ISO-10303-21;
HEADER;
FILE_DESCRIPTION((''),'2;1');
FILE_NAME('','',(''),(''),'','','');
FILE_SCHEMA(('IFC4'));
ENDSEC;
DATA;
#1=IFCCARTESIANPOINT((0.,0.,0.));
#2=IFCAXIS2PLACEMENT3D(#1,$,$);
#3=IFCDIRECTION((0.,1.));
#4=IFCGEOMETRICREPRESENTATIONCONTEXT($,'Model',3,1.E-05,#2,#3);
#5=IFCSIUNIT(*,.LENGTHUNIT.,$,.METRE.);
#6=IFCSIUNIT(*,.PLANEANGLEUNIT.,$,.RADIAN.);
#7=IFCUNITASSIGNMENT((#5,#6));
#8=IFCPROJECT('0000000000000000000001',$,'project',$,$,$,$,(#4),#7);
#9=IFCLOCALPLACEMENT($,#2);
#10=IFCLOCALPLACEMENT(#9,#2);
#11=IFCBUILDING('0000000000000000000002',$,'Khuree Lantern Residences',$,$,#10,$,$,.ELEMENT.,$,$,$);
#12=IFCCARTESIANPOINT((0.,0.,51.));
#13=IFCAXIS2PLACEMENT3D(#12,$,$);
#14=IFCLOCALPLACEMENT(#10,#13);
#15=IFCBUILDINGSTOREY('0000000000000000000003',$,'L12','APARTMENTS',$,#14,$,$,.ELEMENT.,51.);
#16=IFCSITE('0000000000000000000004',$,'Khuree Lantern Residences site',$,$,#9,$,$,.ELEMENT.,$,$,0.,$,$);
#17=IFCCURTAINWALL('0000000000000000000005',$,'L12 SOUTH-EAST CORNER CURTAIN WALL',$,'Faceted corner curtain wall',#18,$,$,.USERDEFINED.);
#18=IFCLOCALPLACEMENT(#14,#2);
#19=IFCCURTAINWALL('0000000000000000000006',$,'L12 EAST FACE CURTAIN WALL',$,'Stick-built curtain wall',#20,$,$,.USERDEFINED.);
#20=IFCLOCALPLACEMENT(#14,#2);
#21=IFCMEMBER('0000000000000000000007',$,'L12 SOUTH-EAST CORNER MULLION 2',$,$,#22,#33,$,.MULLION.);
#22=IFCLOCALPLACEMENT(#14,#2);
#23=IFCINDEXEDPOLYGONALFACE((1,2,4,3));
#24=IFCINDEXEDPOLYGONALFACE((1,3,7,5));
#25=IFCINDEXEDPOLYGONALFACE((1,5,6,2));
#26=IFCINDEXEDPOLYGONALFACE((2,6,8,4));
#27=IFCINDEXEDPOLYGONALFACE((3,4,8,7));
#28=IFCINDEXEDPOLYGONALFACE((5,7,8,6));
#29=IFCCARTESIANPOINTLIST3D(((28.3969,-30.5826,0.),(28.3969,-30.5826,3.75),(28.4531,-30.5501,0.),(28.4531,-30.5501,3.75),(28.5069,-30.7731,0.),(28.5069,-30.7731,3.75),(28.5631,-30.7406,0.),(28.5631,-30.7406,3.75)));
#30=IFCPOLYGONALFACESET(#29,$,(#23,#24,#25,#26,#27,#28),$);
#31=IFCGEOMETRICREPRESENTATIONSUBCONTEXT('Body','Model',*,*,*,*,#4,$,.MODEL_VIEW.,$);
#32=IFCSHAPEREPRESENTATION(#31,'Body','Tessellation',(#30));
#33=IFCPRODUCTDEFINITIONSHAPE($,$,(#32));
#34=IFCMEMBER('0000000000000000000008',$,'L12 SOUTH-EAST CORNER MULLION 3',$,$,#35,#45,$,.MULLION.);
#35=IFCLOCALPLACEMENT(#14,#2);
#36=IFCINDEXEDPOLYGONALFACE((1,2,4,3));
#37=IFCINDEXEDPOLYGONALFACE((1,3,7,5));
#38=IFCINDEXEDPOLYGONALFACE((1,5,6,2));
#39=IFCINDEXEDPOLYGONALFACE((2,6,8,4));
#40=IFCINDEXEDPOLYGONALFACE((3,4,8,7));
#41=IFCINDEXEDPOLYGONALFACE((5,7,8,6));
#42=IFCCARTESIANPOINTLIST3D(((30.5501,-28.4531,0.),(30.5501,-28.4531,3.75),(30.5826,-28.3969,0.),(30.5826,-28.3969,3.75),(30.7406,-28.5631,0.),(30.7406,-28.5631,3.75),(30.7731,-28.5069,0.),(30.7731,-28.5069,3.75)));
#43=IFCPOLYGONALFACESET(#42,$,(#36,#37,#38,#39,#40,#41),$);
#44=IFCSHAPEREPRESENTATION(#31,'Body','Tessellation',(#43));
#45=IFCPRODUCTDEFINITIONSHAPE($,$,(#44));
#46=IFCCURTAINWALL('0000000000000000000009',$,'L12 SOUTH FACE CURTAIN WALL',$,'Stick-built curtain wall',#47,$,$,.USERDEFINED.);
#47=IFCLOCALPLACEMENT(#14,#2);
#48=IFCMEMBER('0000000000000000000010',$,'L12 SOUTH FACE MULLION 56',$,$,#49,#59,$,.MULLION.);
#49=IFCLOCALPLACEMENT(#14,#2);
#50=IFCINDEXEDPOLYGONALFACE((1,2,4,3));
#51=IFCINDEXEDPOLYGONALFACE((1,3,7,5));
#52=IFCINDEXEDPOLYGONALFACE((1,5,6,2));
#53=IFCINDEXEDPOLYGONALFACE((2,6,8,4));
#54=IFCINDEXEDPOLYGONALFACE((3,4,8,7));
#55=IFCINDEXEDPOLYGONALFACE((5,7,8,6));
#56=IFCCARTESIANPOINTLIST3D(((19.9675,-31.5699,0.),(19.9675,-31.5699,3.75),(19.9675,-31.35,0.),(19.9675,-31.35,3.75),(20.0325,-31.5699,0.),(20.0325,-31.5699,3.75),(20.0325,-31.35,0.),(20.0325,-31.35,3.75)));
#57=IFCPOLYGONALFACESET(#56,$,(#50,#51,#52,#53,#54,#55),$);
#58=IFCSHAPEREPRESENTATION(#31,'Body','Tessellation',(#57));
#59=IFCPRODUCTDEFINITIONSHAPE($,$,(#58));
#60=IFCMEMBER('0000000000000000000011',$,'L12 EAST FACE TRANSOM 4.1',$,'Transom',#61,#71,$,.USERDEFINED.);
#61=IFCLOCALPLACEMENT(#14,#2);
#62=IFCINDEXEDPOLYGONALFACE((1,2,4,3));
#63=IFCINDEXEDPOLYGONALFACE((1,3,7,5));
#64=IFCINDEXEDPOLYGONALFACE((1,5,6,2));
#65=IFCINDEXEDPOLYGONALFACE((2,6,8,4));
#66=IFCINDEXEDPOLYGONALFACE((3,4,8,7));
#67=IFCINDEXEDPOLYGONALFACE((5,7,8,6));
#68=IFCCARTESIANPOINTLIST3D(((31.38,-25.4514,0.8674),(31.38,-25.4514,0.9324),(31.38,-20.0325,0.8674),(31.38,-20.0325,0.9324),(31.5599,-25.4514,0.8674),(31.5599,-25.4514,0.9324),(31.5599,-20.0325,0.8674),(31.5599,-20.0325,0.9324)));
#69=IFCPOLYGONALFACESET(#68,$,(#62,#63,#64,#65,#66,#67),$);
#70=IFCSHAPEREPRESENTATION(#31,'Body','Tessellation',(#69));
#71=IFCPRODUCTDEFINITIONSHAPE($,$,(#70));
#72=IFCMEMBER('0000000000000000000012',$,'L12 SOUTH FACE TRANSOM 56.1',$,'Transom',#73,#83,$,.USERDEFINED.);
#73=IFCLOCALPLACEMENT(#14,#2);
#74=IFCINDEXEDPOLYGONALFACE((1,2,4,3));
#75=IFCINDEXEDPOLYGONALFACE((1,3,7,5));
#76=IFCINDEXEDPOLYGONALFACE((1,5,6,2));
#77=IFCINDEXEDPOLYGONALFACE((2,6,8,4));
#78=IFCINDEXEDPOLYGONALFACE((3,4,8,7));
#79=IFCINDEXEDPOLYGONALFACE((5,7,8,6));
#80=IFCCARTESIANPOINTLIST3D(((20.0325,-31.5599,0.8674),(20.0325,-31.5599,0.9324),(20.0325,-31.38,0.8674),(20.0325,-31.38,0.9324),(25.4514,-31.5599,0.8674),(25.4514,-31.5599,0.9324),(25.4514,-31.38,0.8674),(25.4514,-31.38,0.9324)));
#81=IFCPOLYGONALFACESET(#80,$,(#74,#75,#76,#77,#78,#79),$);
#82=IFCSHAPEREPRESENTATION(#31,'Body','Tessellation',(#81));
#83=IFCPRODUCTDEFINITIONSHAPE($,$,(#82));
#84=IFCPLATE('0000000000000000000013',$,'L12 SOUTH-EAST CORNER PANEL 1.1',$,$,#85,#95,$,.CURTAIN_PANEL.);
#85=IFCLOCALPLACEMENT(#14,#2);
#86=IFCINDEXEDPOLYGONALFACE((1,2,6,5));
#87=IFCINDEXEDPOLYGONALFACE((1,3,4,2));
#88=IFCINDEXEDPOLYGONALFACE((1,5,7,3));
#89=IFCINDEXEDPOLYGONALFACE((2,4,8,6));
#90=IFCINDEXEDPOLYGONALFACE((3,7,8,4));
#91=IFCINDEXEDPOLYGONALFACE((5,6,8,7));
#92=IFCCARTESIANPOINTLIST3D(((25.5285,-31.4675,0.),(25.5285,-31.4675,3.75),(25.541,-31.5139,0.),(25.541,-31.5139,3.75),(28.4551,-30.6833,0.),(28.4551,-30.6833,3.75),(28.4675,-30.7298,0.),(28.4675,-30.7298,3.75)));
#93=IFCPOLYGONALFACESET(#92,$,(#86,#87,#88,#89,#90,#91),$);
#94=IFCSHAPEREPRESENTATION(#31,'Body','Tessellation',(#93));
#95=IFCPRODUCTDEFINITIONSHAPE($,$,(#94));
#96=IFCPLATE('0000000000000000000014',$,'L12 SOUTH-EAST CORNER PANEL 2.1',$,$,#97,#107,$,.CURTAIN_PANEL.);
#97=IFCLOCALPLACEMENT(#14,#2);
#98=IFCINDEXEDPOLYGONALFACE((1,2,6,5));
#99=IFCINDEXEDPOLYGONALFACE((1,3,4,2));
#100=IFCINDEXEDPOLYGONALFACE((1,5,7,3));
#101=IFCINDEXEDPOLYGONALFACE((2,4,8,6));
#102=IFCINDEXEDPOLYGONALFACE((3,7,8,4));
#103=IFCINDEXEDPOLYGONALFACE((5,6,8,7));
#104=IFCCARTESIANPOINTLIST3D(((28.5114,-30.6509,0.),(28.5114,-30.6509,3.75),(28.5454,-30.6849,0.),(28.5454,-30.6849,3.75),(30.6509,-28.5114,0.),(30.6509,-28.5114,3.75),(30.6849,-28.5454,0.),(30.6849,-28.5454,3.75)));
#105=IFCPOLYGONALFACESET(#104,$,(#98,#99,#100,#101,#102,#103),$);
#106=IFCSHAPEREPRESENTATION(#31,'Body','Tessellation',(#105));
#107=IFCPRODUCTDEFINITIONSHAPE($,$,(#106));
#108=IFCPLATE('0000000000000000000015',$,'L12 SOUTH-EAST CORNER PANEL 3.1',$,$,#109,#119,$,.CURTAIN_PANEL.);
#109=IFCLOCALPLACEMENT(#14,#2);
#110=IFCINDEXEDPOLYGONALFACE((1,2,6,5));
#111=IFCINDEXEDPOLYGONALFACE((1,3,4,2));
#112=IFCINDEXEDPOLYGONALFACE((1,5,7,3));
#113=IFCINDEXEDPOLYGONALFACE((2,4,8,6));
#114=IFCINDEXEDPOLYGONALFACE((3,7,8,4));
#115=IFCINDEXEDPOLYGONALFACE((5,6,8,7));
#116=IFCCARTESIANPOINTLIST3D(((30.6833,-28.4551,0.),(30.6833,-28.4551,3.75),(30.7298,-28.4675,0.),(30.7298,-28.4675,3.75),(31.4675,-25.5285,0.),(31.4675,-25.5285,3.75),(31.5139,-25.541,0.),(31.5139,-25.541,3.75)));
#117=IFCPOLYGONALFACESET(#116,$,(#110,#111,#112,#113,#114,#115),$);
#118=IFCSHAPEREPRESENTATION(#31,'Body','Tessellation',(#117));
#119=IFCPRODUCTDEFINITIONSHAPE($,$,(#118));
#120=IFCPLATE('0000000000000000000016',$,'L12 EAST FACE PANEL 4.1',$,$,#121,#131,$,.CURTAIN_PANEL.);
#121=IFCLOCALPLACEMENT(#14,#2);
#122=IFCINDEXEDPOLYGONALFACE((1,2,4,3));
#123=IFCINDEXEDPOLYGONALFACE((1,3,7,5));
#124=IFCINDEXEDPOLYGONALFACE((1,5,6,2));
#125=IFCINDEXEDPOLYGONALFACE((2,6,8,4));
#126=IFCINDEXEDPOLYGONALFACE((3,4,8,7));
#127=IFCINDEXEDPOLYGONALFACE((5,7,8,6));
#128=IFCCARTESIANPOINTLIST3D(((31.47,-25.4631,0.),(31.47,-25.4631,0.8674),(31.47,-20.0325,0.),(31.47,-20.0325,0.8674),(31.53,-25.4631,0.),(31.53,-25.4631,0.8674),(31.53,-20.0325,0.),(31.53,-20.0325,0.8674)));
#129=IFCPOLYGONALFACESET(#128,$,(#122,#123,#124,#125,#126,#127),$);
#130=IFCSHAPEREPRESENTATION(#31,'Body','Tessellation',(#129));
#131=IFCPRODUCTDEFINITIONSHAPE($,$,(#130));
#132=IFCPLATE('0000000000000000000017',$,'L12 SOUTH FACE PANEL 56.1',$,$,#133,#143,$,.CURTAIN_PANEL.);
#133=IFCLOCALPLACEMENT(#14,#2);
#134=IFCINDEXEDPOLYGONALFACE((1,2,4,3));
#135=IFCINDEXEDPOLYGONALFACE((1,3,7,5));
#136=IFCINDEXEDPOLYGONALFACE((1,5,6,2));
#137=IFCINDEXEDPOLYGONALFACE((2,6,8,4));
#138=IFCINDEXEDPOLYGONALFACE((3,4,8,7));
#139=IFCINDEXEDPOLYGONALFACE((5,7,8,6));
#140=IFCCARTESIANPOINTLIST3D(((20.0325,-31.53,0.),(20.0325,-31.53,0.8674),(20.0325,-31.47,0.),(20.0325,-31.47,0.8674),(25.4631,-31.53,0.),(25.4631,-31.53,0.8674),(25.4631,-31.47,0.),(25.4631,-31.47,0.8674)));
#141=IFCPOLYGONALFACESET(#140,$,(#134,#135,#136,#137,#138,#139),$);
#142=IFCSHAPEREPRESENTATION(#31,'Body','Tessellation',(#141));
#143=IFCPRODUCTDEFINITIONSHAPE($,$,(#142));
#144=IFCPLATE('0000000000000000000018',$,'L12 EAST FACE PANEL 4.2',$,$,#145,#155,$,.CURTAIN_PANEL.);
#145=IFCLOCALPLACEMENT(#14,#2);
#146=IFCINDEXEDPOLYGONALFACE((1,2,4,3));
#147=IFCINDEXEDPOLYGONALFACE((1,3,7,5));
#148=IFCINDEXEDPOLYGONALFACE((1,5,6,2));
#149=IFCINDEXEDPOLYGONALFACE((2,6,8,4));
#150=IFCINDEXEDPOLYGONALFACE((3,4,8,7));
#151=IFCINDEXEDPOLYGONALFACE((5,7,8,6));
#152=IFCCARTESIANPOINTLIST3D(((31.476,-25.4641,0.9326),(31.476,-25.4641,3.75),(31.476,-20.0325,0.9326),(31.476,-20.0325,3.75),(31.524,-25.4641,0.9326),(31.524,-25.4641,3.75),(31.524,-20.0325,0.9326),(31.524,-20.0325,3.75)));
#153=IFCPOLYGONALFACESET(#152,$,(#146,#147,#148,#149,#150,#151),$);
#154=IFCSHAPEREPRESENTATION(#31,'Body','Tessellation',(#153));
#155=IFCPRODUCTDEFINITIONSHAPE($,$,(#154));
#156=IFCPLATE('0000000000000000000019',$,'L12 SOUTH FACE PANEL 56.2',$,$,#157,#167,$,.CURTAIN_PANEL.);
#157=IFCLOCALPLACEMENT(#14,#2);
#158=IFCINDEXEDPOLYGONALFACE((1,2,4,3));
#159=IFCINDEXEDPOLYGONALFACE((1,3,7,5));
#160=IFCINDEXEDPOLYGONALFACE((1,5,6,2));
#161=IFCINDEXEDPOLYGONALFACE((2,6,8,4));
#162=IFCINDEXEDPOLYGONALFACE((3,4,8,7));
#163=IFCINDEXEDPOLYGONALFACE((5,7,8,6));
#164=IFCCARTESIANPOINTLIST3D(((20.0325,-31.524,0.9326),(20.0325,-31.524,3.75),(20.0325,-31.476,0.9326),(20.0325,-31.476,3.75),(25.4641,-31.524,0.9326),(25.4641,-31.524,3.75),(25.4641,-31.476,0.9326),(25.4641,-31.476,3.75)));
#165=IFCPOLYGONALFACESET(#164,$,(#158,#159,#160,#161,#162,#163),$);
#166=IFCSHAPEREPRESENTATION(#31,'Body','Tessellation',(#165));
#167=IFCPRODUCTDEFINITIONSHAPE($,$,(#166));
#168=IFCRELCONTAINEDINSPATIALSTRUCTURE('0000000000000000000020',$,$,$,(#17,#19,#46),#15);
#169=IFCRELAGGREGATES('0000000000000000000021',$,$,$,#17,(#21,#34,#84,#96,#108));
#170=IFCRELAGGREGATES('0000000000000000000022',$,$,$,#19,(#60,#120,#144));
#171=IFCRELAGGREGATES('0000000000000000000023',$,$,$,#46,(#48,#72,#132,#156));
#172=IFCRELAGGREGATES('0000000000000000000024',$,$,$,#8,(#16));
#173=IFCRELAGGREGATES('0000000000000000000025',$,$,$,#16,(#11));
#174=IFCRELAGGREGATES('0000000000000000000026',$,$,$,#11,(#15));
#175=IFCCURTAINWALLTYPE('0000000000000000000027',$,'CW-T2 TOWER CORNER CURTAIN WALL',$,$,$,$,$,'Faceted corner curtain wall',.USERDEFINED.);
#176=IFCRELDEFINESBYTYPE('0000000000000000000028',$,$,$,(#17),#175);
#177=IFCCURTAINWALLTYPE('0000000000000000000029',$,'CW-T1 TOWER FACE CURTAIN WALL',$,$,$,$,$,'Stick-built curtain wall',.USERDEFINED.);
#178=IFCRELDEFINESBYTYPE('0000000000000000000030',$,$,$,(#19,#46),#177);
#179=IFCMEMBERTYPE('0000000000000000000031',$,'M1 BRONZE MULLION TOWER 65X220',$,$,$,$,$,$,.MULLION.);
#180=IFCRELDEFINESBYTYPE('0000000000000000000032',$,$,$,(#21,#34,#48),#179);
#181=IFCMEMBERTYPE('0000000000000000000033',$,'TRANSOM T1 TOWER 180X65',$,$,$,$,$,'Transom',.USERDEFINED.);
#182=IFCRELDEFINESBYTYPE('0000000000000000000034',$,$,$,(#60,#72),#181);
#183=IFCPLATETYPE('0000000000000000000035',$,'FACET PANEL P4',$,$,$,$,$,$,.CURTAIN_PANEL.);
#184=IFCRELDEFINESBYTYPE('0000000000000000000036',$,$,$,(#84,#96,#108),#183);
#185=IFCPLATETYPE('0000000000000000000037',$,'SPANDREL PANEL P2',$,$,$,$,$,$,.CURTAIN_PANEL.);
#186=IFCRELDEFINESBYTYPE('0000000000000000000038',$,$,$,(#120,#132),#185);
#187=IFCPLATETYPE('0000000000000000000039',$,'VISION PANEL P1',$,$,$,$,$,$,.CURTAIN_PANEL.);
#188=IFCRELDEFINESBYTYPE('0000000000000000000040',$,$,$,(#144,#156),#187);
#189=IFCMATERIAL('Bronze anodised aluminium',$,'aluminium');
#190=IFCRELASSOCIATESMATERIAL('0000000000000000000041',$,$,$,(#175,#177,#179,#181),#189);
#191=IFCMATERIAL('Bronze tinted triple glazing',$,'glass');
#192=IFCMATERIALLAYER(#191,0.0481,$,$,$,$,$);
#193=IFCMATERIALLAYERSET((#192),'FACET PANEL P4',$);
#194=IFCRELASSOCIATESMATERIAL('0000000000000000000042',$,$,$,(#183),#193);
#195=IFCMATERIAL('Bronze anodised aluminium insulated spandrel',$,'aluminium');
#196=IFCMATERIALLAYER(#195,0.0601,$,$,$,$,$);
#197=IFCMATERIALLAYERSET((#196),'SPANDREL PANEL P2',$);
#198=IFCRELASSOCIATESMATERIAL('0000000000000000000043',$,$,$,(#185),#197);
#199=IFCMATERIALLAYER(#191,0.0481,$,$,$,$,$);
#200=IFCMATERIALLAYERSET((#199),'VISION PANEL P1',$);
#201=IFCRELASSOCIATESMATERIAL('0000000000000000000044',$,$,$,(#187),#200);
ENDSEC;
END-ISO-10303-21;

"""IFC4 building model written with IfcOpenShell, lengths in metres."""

from ifc_helpers import new_model, si_unit, direction, frame, origin, origin_2d, place, context, subcontext, project, spatial, rectangle, extrude, material, layer, layer_set, material_profile, profile_set, type_object, element, aggregate, save


model = new_model("IFC4")

# Units and contexts
model_context = context("Model", 3, precision=1e-05, world=origin(), true_north=direction((0.0, 1.0)))
body_context = subcontext(model_context, "Body", "Model", "MODEL_VIEW")
ifc_project = project(units=[si_unit("LENGTHUNIT", "METRE"), si_unit("PLANEANGLEUNIT", "RADIAN")], contexts=[model_context])

# Site, building, storey
site_placement = place(None, origin())
site = spatial("IfcSite", under=ifc_project, at=site_placement, Name="Khuree Lantern Residences site", CompositionType="ELEMENT", RefElevation=0.0)
building_placement = place(site_placement, origin())
building = spatial("IfcBuilding", under=site, at=building_placement, Name="Khuree Lantern Residences", CompositionType="ELEMENT")
storey_placement = place(building_placement, frame((0.0, 0.0, 51.0)))
storey = spatial("IfcBuildingStorey", under=building, at=storey_placement, Name="L12", Description="APARTMENTS", CompositionType="ELEMENT", Elevation=51.0)

# Curtain walls
ifc_material_1 = material(Name="Bronze anodised aluminium", Category="aluminium")
curtain_wall_type_1 = type_object("IfcCurtainWallType", Name="CW-T2 TOWER CORNER CURTAIN WALL", ElementType="Faceted corner curtain wall", PredefinedType="USERDEFINED", material=ifc_material_1)
curtain_wall_1_placement = place(storey_placement, origin())
curtain_wall_1 = element("IfcCurtainWall", 1, at=curtain_wall_1_placement, inside=storey, type_object=curtain_wall_type_1, Name="L12 SOUTH-EAST CORNER CURTAIN WALL", ObjectType="Faceted corner curtain wall", PredefinedType="USERDEFINED")
curtain_wall_type_2 = type_object("IfcCurtainWallType", Name="CW-T1 TOWER FACE CURTAIN WALL", ElementType="Stick-built curtain wall", PredefinedType="USERDEFINED", material=ifc_material_1)
curtain_wall_2_placement = place(storey_placement, origin())
curtain_wall_2 = element("IfcCurtainWall", 2, at=curtain_wall_2_placement, inside=storey, type_object=curtain_wall_type_2, Name="L12 EAST FACE CURTAIN WALL", ObjectType="Stick-built curtain wall", PredefinedType="USERDEFINED")

# Members
ifc_material_profile_1 = material_profile(ifc_material_1, rectangle(XDim=0.0649, YDim=0.22, at=origin_2d()), Name="M1 65X220")
ifc_profile_set_1 = profile_set([ifc_material_profile_1], Name="Bronze anodised aluminium")
member_type_1 = type_object("IfcMemberType", Name="M1 BRONZE MULLION TOWER 65X220", PredefinedType="MULLION", material=ifc_profile_set_1)
member_1_placement = place(storey_placement, frame((28.48, -30.6616, 0.0), z_axis=(0.0, 0.0, 1.0), x_axis=(0.866025, 0.5, 0.0)))
member_1 = element("IfcMember", 3, at=member_1_placement, type_object=member_type_1, Name="L12 SOUTH-EAST CORNER MULLION 2", PredefinedType="MULLION", context=body_context, shape_type="SweptSolid", body=[
    extrude(rectangle(XDim=0.0649, YDim=0.22, at=origin_2d()), origin(), (0.0, 0.0, 1.0), 3.75),
])
member_2_placement = place(storey_placement, frame((30.6616, -28.48, 0.0), z_axis=(0.0, 0.0, 1.0), x_axis=(0.5, 0.866025, 0.0)))
member_2 = element("IfcMember", 4, at=member_2_placement, type_object=member_type_1, Name="L12 SOUTH-EAST CORNER MULLION 3", PredefinedType="MULLION", context=body_context, shape_type="SweptSolid", body=[
    extrude(rectangle(XDim=0.0649, YDim=0.22, at=origin_2d()), origin(), (0.0, 0.0, 1.0), 3.75),
])

# Curtain wall, member
curtain_wall_3_placement = place(storey_placement, origin())
curtain_wall_3 = element("IfcCurtainWall", 5, at=curtain_wall_3_placement, inside=storey, type_object=curtain_wall_type_2, Name="L12 SOUTH FACE CURTAIN WALL", ObjectType="Stick-built curtain wall", PredefinedType="USERDEFINED")
member_3_placement = place(storey_placement, frame((20.0, -31.46, 0.0), z_axis=(0.0, 0.0, 1.0), x_axis=(1.0, 0.0, 0.0)))
member_3 = element("IfcMember", 6, at=member_3_placement, type_object=member_type_1, Name="L12 SOUTH FACE MULLION 56", PredefinedType="MULLION", context=body_context, shape_type="SweptSolid", body=[
    extrude(rectangle(XDim=0.0649, YDim=0.22, at=origin_2d()), origin(), (0.0, 0.0, 1.0), 3.75),
])

# Members
ifc_material_profile_2 = material_profile(ifc_material_1, rectangle(XDim=0.1799, YDim=0.0649, at=origin_2d()), Name="T1 180X65")
ifc_profile_set_2 = profile_set([ifc_material_profile_2], Name="Bronze anodised aluminium")
member_type_2 = type_object("IfcMemberType", Name="TRANSOM T1 TOWER 180X65", ElementType="Transom", PredefinedType="USERDEFINED", material=ifc_profile_set_2)
member_4_placement = place(storey_placement, frame((31.47, -25.4514, 0.8999), z_axis=(0.0, 1.0, 0.0), x_axis=(-1.0, 0.0, 0.0)))
member_4 = element("IfcMember", 7, at=member_4_placement, type_object=member_type_2, Name="L12 EAST FACE TRANSOM 4.1", ObjectType="Transom", PredefinedType="USERDEFINED", context=body_context, shape_type="SweptSolid", body=[
    extrude(rectangle(XDim=0.1799, YDim=0.0649, at=origin_2d()), origin(), (0.0, 0.0, 1.0), 5.4189),
])
member_5_placement = place(storey_placement, frame((20.0325, -31.47, 0.8999), z_axis=(1.0, 0.0, 0.0), x_axis=(0.0, 1.0, 0.0)))
member_5 = element("IfcMember", 8, at=member_5_placement, type_object=member_type_2, Name="L12 SOUTH FACE TRANSOM 56.1", ObjectType="Transom", PredefinedType="USERDEFINED", context=body_context, shape_type="SweptSolid", body=[
    extrude(rectangle(XDim=0.1799, YDim=0.0649, at=origin_2d()), origin(), (0.0, 0.0, 1.0), 5.4189),
])

# Plates
ifc_material_2 = material(Name="Bronze tinted triple glazing", Category="glass")
ifc_layer_1 = layer(ifc_material_2, 0.0481)
ifc_layer_set_1 = layer_set([ifc_layer_1], Name="FACET PANEL P4")
plate_type_1 = type_object("IfcPlateType", Name="FACET PANEL P4", PredefinedType="CURTAIN_PANEL", material=ifc_layer_set_1)
plate_1_placement = place(storey_placement, frame((26.998, -31.0986, 0.0), z_axis=(0.0, 0.0, 1.0), x_axis=(0.965926, 0.258819, 0.0)))
plate_1 = element("IfcPlate", 9, at=plate_1_placement, type_object=plate_type_1, Name="L12 SOUTH-EAST CORNER PANEL 1.1", PredefinedType="CURTAIN_PANEL", context=body_context, shape_type="SweptSolid", body=[
    extrude(rectangle(XDim=3.0298, YDim=0.0481, at=origin_2d()), origin(), (0.0, 0.0, 1.0), 3.75),
])
plate_2_placement = place(storey_placement, frame((29.5981, -29.5981, 0.0), z_axis=(0.0, 0.0, 1.0), x_axis=(0.707107, 0.707107, 0.0)))
plate_2 = element("IfcPlate", 10, at=plate_2_placement, type_object=plate_type_1, Name="L12 SOUTH-EAST CORNER PANEL 2.1", PredefinedType="CURTAIN_PANEL", context=body_context, shape_type="SweptSolid", body=[
    extrude(rectangle(XDim=3.0256, YDim=0.0481, at=origin_2d()), origin(), (0.0, 0.0, 1.0), 3.75),
])
plate_3_placement = place(storey_placement, frame((31.0986, -26.998, 0.0), z_axis=(0.0, 0.0, 1.0), x_axis=(0.258819, 0.965926, 0.0)))
plate_3 = element("IfcPlate", 11, at=plate_3_placement, type_object=plate_type_1, Name="L12 SOUTH-EAST CORNER PANEL 3.1", PredefinedType="CURTAIN_PANEL", context=body_context, shape_type="SweptSolid", body=[
    extrude(rectangle(XDim=3.0298, YDim=0.0481, at=origin_2d()), origin(), (0.0, 0.0, 1.0), 3.75),
])
aggregate(curtain_wall_1, [member_1, member_2, plate_1, plate_2, plate_3])
ifc_material_3 = material(Name="Bronze anodised aluminium insulated spandrel", Category="aluminium")
ifc_layer_2 = layer(ifc_material_3, 0.0601)
ifc_layer_set_2 = layer_set([ifc_layer_2], Name="SPANDREL PANEL P2")
plate_type_2 = type_object("IfcPlateType", Name="SPANDREL PANEL P2", PredefinedType="CURTAIN_PANEL", material=ifc_layer_set_2)
plate_4_placement = place(storey_placement, frame((31.5, -22.7478, 0.0), z_axis=(0.0, 0.0, 1.0), x_axis=(0.0, 1.0, 0.0)))
plate_4 = element("IfcPlate", 12, at=plate_4_placement, type_object=plate_type_2, Name="L12 EAST FACE PANEL 4.1", PredefinedType="CURTAIN_PANEL", context=body_context, shape_type="SweptSolid", body=[
    extrude(rectangle(XDim=5.4307, YDim=0.0601, at=origin_2d()), origin(), (0.0, 0.0, 1.0), 0.8674),
])
plate_5_placement = place(storey_placement, frame((22.7478, -31.5, 0.0), z_axis=(0.0, 0.0, 1.0), x_axis=(1.0, 0.0, 0.0)))
plate_5 = element("IfcPlate", 13, at=plate_5_placement, type_object=plate_type_2, Name="L12 SOUTH FACE PANEL 56.1", PredefinedType="CURTAIN_PANEL", context=body_context, shape_type="SweptSolid", body=[
    extrude(rectangle(XDim=5.4307, YDim=0.0601, at=origin_2d()), origin(), (0.0, 0.0, 1.0), 0.8674),
])
ifc_layer_3 = layer(ifc_material_2, 0.0481)
ifc_layer_set_3 = layer_set([ifc_layer_3], Name="VISION PANEL P1")
plate_type_3 = type_object("IfcPlateType", Name="VISION PANEL P1", PredefinedType="CURTAIN_PANEL", material=ifc_layer_set_3)
plate_6_placement = place(storey_placement, frame((31.5, -22.7483, 0.9326), z_axis=(0.0, 0.0, 1.0), x_axis=(0.0, 1.0, 0.0)))
plate_6 = element("IfcPlate", 14, at=plate_6_placement, type_object=plate_type_3, Name="L12 EAST FACE PANEL 4.2", PredefinedType="CURTAIN_PANEL", context=body_context, shape_type="SweptSolid", body=[
    extrude(rectangle(XDim=5.4316, YDim=0.0481, at=origin_2d()), origin(), (0.0, 0.0, 1.0), 2.8174),
])
aggregate(curtain_wall_2, [member_4, plate_4, plate_6])
plate_7_placement = place(storey_placement, frame((22.7483, -31.5, 0.9326), z_axis=(0.0, 0.0, 1.0), x_axis=(1.0, 0.0, 0.0)))
plate_7 = element("IfcPlate", 15, at=plate_7_placement, type_object=plate_type_3, Name="L12 SOUTH FACE PANEL 56.2", PredefinedType="CURTAIN_PANEL", context=body_context, shape_type="SweptSolid", body=[
    extrude(rectangle(XDim=5.4316, YDim=0.0481, at=origin_2d()), origin(), (0.0, 0.0, 1.0), 2.8174),
])
aggregate(curtain_wall_3, [member_3, member_5, plate_5, plate_7])

save(model, "model.ifc")
